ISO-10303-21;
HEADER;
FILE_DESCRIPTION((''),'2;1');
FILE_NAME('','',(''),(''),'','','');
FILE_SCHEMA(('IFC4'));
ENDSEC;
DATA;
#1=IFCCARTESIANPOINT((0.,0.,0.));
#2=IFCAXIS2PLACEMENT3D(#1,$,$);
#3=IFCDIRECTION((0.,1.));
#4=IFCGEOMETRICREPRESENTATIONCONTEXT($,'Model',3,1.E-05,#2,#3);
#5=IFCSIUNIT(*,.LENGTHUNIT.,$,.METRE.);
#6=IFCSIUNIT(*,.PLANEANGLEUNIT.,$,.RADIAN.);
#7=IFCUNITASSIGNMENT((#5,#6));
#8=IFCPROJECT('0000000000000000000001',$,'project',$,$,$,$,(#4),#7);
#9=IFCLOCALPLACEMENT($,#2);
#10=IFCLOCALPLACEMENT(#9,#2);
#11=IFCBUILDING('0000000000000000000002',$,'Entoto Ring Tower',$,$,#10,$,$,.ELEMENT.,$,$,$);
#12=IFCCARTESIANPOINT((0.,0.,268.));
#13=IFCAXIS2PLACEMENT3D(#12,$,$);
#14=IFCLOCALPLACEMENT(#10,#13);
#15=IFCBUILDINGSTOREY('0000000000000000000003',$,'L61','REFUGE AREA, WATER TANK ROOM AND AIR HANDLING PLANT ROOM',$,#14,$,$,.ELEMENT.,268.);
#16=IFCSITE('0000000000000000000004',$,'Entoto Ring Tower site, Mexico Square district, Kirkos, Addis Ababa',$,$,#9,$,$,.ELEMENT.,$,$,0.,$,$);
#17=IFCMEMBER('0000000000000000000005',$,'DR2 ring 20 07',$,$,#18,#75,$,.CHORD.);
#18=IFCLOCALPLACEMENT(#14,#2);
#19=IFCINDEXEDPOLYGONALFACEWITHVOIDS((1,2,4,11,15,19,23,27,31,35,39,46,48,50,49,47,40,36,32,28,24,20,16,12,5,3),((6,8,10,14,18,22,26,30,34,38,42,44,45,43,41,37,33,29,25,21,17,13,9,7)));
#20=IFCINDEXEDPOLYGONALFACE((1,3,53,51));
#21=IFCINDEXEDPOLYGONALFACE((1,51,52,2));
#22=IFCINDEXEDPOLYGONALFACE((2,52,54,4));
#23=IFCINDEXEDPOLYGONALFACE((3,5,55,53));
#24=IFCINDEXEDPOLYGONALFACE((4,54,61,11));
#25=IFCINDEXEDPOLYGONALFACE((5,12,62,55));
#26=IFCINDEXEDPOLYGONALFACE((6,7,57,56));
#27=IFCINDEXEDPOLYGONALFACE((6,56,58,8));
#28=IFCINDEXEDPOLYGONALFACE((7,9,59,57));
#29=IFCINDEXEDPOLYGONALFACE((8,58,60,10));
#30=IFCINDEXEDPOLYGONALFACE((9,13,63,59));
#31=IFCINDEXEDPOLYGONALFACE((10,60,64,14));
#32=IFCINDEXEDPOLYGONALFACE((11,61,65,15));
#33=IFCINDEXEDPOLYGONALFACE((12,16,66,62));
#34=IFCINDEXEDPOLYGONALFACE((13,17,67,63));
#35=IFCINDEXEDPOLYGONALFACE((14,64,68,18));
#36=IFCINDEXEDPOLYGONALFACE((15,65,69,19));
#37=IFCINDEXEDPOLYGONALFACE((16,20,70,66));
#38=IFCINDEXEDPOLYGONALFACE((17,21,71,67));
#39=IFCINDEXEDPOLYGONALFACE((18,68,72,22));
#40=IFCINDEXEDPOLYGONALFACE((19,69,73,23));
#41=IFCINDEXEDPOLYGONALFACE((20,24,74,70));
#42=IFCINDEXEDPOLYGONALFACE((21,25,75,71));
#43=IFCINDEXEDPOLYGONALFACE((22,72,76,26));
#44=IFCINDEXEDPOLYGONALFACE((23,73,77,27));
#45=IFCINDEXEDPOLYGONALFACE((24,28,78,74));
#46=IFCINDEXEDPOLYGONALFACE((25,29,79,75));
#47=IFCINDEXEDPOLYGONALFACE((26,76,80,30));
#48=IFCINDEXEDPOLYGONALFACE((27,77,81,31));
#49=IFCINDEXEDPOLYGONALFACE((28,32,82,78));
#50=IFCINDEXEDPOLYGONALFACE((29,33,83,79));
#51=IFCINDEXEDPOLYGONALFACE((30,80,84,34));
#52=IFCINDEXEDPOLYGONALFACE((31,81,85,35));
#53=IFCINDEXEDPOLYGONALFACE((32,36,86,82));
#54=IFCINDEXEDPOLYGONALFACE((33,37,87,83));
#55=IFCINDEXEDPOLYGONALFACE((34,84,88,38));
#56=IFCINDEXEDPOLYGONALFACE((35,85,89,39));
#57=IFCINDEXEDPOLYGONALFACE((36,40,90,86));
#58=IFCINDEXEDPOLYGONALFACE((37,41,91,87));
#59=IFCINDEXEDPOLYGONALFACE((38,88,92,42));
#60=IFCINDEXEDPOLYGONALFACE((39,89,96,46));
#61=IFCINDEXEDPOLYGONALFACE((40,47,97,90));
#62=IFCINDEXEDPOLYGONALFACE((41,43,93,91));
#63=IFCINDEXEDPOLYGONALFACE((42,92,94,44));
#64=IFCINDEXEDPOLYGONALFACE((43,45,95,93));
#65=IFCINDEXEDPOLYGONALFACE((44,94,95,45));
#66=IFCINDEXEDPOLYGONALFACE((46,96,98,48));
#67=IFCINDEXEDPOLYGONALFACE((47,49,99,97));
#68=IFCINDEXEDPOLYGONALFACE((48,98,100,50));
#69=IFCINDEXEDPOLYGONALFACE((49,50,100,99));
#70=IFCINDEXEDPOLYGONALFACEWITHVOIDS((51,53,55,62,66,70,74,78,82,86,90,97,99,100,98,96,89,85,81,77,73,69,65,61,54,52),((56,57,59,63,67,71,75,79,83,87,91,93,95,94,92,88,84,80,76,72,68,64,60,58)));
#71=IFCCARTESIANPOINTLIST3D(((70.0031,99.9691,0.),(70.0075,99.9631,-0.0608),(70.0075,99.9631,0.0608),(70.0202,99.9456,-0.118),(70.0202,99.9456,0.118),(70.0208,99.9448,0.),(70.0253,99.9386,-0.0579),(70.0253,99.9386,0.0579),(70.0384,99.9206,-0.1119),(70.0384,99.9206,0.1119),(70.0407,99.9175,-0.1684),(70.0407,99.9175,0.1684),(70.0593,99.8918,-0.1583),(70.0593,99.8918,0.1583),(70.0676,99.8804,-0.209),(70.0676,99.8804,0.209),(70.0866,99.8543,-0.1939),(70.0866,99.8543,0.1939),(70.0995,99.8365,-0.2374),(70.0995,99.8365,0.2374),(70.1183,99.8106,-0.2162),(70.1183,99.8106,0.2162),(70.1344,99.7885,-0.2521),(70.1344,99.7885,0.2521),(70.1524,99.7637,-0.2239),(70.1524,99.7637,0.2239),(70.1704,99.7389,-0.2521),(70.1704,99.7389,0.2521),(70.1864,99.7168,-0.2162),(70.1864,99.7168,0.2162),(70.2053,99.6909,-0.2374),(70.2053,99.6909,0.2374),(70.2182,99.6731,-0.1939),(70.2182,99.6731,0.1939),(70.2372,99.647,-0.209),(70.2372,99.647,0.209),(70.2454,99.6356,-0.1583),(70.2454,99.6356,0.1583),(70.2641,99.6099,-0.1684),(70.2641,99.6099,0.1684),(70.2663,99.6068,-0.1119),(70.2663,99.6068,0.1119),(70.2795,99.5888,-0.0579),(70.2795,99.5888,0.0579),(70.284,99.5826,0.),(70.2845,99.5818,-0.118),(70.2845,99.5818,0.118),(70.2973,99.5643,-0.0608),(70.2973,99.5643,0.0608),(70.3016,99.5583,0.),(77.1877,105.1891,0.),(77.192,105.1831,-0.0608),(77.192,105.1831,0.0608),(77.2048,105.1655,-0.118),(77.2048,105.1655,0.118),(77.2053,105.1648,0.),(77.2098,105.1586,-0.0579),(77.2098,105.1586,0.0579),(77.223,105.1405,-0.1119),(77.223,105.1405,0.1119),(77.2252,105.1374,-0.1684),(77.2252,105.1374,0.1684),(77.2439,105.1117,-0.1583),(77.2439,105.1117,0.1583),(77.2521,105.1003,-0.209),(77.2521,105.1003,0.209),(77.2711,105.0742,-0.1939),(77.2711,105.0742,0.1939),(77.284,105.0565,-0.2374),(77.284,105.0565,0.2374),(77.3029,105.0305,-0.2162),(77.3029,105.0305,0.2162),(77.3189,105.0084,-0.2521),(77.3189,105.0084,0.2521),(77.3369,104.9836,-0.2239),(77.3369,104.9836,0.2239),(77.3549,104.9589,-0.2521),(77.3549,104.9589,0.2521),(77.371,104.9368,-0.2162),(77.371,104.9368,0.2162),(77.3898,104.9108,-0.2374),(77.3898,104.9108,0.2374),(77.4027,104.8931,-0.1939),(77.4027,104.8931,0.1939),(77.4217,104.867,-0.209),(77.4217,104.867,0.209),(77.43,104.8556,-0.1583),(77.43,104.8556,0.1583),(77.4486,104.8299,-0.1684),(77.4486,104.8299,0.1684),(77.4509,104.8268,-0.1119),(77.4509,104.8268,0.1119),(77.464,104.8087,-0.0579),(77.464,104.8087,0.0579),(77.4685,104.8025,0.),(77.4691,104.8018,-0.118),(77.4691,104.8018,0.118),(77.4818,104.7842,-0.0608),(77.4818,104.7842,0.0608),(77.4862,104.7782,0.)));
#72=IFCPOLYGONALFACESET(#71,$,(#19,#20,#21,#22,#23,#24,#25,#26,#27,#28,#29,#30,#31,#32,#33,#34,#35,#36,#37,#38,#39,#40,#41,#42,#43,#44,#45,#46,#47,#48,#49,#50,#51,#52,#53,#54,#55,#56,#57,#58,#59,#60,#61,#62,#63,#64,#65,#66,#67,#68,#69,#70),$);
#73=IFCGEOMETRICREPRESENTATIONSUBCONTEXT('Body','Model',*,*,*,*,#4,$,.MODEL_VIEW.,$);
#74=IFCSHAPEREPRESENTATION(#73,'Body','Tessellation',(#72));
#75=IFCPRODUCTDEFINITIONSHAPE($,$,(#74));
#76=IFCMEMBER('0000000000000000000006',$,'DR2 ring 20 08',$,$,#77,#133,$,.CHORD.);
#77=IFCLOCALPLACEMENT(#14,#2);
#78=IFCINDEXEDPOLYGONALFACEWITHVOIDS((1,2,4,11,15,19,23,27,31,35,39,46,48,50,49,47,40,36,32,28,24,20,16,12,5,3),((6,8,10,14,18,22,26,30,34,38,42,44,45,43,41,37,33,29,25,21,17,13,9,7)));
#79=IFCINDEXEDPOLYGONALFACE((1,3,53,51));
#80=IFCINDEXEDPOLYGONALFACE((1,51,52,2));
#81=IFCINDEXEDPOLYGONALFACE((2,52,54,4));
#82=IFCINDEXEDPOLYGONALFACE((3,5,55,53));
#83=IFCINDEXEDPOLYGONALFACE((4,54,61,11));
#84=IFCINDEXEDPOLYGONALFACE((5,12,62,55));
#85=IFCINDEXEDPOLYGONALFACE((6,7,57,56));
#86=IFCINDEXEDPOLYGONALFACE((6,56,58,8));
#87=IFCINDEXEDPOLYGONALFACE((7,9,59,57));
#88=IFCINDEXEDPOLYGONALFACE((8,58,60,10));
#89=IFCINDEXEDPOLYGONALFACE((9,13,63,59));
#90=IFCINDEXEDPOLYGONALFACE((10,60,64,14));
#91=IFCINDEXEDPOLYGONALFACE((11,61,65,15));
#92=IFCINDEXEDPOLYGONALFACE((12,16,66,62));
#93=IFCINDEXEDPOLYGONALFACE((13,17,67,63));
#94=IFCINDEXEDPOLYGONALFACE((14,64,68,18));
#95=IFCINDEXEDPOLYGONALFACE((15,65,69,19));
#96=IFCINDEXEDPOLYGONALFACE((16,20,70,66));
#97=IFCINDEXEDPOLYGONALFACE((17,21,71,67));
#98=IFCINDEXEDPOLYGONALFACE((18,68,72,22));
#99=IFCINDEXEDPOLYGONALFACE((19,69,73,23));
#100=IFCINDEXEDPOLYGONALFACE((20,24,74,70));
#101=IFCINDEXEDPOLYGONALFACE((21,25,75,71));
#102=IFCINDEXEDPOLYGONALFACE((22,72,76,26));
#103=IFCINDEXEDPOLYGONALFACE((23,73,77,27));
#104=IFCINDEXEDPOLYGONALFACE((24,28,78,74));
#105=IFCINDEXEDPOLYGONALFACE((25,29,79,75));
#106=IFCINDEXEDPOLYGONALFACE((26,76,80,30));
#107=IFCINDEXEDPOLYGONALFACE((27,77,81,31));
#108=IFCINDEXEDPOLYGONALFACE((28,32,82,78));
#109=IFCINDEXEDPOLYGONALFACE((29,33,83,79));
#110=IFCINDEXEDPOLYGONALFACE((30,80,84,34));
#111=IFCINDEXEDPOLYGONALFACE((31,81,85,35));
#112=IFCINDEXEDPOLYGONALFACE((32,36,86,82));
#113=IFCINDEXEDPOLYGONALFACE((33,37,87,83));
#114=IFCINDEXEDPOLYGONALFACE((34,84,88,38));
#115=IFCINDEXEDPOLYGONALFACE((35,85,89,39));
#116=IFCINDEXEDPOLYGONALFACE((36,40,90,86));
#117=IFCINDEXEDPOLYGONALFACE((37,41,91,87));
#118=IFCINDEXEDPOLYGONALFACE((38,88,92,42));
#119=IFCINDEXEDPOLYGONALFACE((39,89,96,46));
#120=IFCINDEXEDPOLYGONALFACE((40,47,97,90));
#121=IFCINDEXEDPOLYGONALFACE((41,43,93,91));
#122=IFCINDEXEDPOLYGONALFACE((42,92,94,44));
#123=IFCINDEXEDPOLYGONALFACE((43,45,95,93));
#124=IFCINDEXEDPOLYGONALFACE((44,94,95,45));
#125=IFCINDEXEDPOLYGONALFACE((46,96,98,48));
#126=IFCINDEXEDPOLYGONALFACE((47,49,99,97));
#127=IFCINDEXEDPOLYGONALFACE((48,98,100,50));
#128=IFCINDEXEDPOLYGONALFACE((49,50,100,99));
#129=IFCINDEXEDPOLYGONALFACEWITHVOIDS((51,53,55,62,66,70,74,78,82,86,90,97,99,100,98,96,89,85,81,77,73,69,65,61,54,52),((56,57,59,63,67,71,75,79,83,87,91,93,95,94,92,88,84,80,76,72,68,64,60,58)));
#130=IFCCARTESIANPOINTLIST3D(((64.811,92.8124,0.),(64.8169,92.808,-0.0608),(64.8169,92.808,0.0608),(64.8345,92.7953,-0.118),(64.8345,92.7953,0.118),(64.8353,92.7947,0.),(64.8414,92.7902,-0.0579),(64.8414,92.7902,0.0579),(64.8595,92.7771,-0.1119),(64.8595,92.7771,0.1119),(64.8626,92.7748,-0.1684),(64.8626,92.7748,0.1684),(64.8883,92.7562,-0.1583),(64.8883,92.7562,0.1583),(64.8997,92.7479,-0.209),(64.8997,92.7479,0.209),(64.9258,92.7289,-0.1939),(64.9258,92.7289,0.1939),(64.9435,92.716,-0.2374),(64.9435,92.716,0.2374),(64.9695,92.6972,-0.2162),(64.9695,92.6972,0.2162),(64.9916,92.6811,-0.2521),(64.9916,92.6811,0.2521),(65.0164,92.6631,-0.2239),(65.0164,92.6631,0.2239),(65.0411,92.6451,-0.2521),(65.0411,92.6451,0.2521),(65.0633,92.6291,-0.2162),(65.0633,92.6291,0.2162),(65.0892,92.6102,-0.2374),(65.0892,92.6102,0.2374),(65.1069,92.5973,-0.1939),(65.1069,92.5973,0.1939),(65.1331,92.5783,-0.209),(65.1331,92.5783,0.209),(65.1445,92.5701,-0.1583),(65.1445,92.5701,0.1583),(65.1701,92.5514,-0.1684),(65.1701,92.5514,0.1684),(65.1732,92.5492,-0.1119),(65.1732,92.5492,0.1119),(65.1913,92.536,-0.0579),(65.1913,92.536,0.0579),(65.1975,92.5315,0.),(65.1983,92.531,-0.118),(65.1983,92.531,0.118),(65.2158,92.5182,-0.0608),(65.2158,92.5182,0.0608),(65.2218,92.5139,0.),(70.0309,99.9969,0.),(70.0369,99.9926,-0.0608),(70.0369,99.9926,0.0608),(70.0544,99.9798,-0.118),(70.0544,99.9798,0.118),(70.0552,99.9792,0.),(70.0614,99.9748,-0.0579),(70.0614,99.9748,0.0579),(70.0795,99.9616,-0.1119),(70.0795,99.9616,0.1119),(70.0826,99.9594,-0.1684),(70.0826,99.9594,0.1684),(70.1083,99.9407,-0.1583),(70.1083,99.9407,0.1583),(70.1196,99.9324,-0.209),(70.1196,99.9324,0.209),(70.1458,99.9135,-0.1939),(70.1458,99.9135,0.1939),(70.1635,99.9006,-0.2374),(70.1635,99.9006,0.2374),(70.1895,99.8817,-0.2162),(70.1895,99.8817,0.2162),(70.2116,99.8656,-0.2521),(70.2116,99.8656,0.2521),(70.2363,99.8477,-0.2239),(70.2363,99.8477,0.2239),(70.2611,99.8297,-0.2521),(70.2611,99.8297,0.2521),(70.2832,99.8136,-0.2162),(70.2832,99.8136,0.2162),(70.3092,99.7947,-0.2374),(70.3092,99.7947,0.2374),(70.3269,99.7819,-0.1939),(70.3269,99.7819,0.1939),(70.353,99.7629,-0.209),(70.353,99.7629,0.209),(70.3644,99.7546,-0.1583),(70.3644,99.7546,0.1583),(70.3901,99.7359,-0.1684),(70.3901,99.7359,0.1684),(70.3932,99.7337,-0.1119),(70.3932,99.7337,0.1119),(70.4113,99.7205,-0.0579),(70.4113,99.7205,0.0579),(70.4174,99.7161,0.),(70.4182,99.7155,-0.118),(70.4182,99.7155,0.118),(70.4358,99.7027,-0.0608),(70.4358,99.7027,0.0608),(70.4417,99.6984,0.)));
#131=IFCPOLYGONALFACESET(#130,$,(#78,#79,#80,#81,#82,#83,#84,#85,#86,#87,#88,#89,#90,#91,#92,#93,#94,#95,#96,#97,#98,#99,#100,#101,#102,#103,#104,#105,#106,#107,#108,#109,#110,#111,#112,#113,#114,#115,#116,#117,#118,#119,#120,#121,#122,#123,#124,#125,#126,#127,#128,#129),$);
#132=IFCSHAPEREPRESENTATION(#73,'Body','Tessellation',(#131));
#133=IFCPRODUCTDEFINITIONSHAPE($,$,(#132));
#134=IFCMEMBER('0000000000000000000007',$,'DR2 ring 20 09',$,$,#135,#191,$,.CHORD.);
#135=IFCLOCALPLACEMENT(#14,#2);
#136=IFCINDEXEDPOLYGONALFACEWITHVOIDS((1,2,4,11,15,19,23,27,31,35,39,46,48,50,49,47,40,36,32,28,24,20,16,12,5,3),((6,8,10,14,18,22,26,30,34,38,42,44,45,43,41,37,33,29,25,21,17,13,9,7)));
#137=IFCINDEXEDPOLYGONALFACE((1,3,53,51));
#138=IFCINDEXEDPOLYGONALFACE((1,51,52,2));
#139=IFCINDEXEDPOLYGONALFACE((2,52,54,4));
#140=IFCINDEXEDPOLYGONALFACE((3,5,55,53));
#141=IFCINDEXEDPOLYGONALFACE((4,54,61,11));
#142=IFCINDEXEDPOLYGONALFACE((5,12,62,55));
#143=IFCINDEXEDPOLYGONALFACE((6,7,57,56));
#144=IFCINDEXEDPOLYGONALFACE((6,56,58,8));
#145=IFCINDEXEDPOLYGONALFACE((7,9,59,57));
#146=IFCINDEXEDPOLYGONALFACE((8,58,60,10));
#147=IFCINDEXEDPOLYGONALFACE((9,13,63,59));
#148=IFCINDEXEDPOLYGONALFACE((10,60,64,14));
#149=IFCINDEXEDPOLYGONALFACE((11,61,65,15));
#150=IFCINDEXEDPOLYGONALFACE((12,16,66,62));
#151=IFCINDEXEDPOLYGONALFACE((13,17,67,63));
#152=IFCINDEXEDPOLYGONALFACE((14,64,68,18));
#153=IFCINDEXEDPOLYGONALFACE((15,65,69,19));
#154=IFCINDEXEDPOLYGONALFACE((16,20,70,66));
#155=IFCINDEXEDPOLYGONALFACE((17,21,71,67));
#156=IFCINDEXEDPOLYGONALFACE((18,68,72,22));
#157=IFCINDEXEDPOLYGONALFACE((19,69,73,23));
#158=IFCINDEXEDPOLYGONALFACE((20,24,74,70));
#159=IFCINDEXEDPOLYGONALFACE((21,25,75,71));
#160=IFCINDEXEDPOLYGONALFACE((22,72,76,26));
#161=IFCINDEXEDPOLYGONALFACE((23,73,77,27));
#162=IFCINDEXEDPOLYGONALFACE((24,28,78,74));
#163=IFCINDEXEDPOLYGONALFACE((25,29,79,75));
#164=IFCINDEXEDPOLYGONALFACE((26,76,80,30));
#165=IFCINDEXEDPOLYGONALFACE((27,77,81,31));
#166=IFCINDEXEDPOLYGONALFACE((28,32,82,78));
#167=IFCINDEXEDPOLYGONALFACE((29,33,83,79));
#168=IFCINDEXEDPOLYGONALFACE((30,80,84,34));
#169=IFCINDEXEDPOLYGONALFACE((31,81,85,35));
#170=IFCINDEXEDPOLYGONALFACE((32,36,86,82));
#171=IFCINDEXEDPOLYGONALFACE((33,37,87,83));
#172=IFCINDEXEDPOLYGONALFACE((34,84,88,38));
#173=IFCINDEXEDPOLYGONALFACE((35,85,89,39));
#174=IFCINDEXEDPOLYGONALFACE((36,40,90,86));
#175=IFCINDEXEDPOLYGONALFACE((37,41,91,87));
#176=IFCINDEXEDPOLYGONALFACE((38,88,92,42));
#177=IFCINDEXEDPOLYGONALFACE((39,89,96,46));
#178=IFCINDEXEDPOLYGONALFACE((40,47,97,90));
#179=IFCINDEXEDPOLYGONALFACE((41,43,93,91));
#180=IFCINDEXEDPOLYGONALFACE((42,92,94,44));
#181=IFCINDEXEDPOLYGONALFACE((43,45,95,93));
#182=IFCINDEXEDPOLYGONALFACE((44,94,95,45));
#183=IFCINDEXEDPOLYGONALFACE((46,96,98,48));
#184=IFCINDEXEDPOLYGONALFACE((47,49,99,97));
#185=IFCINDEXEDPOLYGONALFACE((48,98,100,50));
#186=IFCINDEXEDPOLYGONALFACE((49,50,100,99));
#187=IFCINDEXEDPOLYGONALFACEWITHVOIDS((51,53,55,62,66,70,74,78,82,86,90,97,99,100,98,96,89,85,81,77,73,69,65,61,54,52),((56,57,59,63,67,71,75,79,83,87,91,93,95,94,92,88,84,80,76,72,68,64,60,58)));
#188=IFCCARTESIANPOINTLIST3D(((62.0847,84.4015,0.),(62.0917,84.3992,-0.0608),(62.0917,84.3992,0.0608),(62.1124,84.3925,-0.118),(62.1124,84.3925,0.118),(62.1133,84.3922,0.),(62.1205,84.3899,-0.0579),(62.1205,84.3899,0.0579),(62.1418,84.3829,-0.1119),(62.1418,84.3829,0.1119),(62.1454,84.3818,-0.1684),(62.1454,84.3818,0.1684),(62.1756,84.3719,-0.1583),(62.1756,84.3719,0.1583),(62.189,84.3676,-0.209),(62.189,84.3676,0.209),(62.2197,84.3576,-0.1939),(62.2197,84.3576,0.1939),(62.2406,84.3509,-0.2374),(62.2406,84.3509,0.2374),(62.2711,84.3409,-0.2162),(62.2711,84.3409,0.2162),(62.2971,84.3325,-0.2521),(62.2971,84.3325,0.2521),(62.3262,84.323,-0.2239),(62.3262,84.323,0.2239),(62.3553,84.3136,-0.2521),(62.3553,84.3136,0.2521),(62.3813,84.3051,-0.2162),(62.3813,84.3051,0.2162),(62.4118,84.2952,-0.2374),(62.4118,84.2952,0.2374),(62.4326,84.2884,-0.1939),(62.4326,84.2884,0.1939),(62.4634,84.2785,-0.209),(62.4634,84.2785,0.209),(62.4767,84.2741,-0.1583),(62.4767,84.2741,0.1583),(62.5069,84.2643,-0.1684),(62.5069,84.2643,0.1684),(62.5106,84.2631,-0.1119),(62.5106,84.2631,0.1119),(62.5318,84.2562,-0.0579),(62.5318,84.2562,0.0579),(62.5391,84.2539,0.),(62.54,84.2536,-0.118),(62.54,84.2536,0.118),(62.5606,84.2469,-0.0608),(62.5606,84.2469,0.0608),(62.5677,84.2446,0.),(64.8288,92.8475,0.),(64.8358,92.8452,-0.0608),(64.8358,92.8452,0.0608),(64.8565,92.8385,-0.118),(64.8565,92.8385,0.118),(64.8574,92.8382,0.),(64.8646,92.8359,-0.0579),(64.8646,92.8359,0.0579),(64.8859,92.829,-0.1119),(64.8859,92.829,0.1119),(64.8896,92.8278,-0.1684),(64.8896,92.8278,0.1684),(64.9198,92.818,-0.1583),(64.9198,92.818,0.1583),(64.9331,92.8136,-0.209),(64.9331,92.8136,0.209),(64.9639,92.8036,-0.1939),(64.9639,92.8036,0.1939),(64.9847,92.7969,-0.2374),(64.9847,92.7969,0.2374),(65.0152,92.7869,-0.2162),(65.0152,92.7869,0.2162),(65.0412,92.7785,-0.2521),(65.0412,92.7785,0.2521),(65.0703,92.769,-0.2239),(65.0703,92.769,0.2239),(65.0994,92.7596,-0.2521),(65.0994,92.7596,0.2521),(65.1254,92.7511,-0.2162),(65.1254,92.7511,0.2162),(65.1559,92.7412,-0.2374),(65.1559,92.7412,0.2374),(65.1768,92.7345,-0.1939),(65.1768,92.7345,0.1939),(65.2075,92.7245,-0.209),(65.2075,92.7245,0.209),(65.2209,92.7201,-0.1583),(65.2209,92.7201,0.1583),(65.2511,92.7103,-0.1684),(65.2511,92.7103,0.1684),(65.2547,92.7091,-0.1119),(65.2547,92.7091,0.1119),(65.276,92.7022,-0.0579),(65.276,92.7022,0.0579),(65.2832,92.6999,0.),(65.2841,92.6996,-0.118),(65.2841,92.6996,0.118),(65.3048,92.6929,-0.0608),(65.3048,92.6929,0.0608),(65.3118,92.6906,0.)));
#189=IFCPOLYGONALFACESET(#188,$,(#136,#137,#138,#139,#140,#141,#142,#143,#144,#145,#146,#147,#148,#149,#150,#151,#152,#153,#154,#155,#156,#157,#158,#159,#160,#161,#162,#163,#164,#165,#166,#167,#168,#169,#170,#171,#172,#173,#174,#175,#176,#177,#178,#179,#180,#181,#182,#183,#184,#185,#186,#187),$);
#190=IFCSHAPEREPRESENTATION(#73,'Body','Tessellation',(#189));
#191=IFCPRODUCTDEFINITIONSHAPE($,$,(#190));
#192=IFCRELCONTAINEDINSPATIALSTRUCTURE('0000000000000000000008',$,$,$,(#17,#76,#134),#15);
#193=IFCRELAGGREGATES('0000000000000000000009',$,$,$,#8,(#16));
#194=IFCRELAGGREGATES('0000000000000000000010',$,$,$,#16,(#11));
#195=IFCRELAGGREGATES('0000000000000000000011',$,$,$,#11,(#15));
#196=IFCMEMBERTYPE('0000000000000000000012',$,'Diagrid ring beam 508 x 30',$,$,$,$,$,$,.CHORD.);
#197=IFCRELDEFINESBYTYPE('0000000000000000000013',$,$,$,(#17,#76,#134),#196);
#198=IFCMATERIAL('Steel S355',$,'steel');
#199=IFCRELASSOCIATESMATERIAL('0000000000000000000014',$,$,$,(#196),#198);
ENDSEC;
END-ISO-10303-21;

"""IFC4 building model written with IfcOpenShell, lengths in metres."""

from ifc_helpers import new_model, si_unit, direction, frame, origin, origin_2d, place, context, subcontext, project, spatial, circle, hollow_circle, extrude, material, material_profile, profile_set, type_object, element, save


model = new_model("IFC4")

# Units and contexts
model_context = context("Model", 3, precision=1e-05, world=origin(), true_north=direction((0.0, 1.0)))
body_context = subcontext(model_context, "Body", "Model", "MODEL_VIEW")
ifc_project = project(units=[si_unit("LENGTHUNIT", "METRE"), si_unit("PLANEANGLEUNIT", "RADIAN")], contexts=[model_context])

# Site, building, storey
site_placement = place(None, origin())
site = spatial("IfcSite", under=ifc_project, at=site_placement, Name="Entoto Ring Tower site, Mexico Square district, Kirkos, Addis Ababa", CompositionType="ELEMENT", RefElevation=0.0)
building_placement = place(site_placement, origin())
building = spatial("IfcBuilding", under=site, at=building_placement, Name="Entoto Ring Tower", CompositionType="ELEMENT")
storey_placement = place(building_placement, frame((0.0, 0.0, 268.0)))
storey = spatial("IfcBuildingStorey", under=building, at=storey_placement, Name="L61", Description="REFUGE AREA, WATER TANK ROOM AND AIR HANDLING PLANT ROOM", CompositionType="ELEMENT", Elevation=268.0)

# Members
ifc_material_1 = material(Name="Steel S355", Category="steel")
ifc_material_profile_1 = material_profile(ifc_material_1, hollow_circle(Radius=0.2539, WallThickness=0.03, at=origin_2d()), Name="CHS 508 x 30")
ifc_material_2 = material(Name="Concrete C60/75", Category="concrete")
ifc_material_profile_2 = material_profile(ifc_material_2, circle(Radius=0.2241, at=origin_2d()), Name="Concrete C60/75 infill")
ifc_profile_set_1 = profile_set([ifc_material_profile_1, ifc_material_profile_2], Name="Steel S355")
member_type_1 = type_object("IfcMemberType", Name="Diagrid ring beam 508 x 30", PredefinedType="CHORD", material=ifc_profile_set_1)
for number, where, z_axis, x_axis, name in (
    (1, (77.3369, 104.9836, 0.0), (-0.809013, -0.587791, 0.0), (0.587791, -0.809013, 0.0), "DR2 ring 20 07"),
    (2, (70.2363, 99.8477, 0.0), (-0.587791, -0.809013, 0.0), (0.809013, -0.587791, 0.0), "DR2 ring 20 08"),
    (3, (65.0703, 92.769, 0.0), (-0.309002, -0.951061, 0.0), (0.951061, -0.309002, 0.0), "DR2 ring 20 09"),
):
    element("IfcMember", number, at=place(storey_placement, frame(where, z_axis=z_axis, x_axis=x_axis)), inside=storey, type_object=member_type_1, Name=name, PredefinedType="CHORD", context=body_context, shape_type="SweptSolid", body=[
        extrude(hollow_circle(Radius=0.2539, WallThickness=0.03, at=origin_2d()), origin(), (0.0, 0.0, 1.0), 8.8806),
    ])

save(model, "model.ifc")
